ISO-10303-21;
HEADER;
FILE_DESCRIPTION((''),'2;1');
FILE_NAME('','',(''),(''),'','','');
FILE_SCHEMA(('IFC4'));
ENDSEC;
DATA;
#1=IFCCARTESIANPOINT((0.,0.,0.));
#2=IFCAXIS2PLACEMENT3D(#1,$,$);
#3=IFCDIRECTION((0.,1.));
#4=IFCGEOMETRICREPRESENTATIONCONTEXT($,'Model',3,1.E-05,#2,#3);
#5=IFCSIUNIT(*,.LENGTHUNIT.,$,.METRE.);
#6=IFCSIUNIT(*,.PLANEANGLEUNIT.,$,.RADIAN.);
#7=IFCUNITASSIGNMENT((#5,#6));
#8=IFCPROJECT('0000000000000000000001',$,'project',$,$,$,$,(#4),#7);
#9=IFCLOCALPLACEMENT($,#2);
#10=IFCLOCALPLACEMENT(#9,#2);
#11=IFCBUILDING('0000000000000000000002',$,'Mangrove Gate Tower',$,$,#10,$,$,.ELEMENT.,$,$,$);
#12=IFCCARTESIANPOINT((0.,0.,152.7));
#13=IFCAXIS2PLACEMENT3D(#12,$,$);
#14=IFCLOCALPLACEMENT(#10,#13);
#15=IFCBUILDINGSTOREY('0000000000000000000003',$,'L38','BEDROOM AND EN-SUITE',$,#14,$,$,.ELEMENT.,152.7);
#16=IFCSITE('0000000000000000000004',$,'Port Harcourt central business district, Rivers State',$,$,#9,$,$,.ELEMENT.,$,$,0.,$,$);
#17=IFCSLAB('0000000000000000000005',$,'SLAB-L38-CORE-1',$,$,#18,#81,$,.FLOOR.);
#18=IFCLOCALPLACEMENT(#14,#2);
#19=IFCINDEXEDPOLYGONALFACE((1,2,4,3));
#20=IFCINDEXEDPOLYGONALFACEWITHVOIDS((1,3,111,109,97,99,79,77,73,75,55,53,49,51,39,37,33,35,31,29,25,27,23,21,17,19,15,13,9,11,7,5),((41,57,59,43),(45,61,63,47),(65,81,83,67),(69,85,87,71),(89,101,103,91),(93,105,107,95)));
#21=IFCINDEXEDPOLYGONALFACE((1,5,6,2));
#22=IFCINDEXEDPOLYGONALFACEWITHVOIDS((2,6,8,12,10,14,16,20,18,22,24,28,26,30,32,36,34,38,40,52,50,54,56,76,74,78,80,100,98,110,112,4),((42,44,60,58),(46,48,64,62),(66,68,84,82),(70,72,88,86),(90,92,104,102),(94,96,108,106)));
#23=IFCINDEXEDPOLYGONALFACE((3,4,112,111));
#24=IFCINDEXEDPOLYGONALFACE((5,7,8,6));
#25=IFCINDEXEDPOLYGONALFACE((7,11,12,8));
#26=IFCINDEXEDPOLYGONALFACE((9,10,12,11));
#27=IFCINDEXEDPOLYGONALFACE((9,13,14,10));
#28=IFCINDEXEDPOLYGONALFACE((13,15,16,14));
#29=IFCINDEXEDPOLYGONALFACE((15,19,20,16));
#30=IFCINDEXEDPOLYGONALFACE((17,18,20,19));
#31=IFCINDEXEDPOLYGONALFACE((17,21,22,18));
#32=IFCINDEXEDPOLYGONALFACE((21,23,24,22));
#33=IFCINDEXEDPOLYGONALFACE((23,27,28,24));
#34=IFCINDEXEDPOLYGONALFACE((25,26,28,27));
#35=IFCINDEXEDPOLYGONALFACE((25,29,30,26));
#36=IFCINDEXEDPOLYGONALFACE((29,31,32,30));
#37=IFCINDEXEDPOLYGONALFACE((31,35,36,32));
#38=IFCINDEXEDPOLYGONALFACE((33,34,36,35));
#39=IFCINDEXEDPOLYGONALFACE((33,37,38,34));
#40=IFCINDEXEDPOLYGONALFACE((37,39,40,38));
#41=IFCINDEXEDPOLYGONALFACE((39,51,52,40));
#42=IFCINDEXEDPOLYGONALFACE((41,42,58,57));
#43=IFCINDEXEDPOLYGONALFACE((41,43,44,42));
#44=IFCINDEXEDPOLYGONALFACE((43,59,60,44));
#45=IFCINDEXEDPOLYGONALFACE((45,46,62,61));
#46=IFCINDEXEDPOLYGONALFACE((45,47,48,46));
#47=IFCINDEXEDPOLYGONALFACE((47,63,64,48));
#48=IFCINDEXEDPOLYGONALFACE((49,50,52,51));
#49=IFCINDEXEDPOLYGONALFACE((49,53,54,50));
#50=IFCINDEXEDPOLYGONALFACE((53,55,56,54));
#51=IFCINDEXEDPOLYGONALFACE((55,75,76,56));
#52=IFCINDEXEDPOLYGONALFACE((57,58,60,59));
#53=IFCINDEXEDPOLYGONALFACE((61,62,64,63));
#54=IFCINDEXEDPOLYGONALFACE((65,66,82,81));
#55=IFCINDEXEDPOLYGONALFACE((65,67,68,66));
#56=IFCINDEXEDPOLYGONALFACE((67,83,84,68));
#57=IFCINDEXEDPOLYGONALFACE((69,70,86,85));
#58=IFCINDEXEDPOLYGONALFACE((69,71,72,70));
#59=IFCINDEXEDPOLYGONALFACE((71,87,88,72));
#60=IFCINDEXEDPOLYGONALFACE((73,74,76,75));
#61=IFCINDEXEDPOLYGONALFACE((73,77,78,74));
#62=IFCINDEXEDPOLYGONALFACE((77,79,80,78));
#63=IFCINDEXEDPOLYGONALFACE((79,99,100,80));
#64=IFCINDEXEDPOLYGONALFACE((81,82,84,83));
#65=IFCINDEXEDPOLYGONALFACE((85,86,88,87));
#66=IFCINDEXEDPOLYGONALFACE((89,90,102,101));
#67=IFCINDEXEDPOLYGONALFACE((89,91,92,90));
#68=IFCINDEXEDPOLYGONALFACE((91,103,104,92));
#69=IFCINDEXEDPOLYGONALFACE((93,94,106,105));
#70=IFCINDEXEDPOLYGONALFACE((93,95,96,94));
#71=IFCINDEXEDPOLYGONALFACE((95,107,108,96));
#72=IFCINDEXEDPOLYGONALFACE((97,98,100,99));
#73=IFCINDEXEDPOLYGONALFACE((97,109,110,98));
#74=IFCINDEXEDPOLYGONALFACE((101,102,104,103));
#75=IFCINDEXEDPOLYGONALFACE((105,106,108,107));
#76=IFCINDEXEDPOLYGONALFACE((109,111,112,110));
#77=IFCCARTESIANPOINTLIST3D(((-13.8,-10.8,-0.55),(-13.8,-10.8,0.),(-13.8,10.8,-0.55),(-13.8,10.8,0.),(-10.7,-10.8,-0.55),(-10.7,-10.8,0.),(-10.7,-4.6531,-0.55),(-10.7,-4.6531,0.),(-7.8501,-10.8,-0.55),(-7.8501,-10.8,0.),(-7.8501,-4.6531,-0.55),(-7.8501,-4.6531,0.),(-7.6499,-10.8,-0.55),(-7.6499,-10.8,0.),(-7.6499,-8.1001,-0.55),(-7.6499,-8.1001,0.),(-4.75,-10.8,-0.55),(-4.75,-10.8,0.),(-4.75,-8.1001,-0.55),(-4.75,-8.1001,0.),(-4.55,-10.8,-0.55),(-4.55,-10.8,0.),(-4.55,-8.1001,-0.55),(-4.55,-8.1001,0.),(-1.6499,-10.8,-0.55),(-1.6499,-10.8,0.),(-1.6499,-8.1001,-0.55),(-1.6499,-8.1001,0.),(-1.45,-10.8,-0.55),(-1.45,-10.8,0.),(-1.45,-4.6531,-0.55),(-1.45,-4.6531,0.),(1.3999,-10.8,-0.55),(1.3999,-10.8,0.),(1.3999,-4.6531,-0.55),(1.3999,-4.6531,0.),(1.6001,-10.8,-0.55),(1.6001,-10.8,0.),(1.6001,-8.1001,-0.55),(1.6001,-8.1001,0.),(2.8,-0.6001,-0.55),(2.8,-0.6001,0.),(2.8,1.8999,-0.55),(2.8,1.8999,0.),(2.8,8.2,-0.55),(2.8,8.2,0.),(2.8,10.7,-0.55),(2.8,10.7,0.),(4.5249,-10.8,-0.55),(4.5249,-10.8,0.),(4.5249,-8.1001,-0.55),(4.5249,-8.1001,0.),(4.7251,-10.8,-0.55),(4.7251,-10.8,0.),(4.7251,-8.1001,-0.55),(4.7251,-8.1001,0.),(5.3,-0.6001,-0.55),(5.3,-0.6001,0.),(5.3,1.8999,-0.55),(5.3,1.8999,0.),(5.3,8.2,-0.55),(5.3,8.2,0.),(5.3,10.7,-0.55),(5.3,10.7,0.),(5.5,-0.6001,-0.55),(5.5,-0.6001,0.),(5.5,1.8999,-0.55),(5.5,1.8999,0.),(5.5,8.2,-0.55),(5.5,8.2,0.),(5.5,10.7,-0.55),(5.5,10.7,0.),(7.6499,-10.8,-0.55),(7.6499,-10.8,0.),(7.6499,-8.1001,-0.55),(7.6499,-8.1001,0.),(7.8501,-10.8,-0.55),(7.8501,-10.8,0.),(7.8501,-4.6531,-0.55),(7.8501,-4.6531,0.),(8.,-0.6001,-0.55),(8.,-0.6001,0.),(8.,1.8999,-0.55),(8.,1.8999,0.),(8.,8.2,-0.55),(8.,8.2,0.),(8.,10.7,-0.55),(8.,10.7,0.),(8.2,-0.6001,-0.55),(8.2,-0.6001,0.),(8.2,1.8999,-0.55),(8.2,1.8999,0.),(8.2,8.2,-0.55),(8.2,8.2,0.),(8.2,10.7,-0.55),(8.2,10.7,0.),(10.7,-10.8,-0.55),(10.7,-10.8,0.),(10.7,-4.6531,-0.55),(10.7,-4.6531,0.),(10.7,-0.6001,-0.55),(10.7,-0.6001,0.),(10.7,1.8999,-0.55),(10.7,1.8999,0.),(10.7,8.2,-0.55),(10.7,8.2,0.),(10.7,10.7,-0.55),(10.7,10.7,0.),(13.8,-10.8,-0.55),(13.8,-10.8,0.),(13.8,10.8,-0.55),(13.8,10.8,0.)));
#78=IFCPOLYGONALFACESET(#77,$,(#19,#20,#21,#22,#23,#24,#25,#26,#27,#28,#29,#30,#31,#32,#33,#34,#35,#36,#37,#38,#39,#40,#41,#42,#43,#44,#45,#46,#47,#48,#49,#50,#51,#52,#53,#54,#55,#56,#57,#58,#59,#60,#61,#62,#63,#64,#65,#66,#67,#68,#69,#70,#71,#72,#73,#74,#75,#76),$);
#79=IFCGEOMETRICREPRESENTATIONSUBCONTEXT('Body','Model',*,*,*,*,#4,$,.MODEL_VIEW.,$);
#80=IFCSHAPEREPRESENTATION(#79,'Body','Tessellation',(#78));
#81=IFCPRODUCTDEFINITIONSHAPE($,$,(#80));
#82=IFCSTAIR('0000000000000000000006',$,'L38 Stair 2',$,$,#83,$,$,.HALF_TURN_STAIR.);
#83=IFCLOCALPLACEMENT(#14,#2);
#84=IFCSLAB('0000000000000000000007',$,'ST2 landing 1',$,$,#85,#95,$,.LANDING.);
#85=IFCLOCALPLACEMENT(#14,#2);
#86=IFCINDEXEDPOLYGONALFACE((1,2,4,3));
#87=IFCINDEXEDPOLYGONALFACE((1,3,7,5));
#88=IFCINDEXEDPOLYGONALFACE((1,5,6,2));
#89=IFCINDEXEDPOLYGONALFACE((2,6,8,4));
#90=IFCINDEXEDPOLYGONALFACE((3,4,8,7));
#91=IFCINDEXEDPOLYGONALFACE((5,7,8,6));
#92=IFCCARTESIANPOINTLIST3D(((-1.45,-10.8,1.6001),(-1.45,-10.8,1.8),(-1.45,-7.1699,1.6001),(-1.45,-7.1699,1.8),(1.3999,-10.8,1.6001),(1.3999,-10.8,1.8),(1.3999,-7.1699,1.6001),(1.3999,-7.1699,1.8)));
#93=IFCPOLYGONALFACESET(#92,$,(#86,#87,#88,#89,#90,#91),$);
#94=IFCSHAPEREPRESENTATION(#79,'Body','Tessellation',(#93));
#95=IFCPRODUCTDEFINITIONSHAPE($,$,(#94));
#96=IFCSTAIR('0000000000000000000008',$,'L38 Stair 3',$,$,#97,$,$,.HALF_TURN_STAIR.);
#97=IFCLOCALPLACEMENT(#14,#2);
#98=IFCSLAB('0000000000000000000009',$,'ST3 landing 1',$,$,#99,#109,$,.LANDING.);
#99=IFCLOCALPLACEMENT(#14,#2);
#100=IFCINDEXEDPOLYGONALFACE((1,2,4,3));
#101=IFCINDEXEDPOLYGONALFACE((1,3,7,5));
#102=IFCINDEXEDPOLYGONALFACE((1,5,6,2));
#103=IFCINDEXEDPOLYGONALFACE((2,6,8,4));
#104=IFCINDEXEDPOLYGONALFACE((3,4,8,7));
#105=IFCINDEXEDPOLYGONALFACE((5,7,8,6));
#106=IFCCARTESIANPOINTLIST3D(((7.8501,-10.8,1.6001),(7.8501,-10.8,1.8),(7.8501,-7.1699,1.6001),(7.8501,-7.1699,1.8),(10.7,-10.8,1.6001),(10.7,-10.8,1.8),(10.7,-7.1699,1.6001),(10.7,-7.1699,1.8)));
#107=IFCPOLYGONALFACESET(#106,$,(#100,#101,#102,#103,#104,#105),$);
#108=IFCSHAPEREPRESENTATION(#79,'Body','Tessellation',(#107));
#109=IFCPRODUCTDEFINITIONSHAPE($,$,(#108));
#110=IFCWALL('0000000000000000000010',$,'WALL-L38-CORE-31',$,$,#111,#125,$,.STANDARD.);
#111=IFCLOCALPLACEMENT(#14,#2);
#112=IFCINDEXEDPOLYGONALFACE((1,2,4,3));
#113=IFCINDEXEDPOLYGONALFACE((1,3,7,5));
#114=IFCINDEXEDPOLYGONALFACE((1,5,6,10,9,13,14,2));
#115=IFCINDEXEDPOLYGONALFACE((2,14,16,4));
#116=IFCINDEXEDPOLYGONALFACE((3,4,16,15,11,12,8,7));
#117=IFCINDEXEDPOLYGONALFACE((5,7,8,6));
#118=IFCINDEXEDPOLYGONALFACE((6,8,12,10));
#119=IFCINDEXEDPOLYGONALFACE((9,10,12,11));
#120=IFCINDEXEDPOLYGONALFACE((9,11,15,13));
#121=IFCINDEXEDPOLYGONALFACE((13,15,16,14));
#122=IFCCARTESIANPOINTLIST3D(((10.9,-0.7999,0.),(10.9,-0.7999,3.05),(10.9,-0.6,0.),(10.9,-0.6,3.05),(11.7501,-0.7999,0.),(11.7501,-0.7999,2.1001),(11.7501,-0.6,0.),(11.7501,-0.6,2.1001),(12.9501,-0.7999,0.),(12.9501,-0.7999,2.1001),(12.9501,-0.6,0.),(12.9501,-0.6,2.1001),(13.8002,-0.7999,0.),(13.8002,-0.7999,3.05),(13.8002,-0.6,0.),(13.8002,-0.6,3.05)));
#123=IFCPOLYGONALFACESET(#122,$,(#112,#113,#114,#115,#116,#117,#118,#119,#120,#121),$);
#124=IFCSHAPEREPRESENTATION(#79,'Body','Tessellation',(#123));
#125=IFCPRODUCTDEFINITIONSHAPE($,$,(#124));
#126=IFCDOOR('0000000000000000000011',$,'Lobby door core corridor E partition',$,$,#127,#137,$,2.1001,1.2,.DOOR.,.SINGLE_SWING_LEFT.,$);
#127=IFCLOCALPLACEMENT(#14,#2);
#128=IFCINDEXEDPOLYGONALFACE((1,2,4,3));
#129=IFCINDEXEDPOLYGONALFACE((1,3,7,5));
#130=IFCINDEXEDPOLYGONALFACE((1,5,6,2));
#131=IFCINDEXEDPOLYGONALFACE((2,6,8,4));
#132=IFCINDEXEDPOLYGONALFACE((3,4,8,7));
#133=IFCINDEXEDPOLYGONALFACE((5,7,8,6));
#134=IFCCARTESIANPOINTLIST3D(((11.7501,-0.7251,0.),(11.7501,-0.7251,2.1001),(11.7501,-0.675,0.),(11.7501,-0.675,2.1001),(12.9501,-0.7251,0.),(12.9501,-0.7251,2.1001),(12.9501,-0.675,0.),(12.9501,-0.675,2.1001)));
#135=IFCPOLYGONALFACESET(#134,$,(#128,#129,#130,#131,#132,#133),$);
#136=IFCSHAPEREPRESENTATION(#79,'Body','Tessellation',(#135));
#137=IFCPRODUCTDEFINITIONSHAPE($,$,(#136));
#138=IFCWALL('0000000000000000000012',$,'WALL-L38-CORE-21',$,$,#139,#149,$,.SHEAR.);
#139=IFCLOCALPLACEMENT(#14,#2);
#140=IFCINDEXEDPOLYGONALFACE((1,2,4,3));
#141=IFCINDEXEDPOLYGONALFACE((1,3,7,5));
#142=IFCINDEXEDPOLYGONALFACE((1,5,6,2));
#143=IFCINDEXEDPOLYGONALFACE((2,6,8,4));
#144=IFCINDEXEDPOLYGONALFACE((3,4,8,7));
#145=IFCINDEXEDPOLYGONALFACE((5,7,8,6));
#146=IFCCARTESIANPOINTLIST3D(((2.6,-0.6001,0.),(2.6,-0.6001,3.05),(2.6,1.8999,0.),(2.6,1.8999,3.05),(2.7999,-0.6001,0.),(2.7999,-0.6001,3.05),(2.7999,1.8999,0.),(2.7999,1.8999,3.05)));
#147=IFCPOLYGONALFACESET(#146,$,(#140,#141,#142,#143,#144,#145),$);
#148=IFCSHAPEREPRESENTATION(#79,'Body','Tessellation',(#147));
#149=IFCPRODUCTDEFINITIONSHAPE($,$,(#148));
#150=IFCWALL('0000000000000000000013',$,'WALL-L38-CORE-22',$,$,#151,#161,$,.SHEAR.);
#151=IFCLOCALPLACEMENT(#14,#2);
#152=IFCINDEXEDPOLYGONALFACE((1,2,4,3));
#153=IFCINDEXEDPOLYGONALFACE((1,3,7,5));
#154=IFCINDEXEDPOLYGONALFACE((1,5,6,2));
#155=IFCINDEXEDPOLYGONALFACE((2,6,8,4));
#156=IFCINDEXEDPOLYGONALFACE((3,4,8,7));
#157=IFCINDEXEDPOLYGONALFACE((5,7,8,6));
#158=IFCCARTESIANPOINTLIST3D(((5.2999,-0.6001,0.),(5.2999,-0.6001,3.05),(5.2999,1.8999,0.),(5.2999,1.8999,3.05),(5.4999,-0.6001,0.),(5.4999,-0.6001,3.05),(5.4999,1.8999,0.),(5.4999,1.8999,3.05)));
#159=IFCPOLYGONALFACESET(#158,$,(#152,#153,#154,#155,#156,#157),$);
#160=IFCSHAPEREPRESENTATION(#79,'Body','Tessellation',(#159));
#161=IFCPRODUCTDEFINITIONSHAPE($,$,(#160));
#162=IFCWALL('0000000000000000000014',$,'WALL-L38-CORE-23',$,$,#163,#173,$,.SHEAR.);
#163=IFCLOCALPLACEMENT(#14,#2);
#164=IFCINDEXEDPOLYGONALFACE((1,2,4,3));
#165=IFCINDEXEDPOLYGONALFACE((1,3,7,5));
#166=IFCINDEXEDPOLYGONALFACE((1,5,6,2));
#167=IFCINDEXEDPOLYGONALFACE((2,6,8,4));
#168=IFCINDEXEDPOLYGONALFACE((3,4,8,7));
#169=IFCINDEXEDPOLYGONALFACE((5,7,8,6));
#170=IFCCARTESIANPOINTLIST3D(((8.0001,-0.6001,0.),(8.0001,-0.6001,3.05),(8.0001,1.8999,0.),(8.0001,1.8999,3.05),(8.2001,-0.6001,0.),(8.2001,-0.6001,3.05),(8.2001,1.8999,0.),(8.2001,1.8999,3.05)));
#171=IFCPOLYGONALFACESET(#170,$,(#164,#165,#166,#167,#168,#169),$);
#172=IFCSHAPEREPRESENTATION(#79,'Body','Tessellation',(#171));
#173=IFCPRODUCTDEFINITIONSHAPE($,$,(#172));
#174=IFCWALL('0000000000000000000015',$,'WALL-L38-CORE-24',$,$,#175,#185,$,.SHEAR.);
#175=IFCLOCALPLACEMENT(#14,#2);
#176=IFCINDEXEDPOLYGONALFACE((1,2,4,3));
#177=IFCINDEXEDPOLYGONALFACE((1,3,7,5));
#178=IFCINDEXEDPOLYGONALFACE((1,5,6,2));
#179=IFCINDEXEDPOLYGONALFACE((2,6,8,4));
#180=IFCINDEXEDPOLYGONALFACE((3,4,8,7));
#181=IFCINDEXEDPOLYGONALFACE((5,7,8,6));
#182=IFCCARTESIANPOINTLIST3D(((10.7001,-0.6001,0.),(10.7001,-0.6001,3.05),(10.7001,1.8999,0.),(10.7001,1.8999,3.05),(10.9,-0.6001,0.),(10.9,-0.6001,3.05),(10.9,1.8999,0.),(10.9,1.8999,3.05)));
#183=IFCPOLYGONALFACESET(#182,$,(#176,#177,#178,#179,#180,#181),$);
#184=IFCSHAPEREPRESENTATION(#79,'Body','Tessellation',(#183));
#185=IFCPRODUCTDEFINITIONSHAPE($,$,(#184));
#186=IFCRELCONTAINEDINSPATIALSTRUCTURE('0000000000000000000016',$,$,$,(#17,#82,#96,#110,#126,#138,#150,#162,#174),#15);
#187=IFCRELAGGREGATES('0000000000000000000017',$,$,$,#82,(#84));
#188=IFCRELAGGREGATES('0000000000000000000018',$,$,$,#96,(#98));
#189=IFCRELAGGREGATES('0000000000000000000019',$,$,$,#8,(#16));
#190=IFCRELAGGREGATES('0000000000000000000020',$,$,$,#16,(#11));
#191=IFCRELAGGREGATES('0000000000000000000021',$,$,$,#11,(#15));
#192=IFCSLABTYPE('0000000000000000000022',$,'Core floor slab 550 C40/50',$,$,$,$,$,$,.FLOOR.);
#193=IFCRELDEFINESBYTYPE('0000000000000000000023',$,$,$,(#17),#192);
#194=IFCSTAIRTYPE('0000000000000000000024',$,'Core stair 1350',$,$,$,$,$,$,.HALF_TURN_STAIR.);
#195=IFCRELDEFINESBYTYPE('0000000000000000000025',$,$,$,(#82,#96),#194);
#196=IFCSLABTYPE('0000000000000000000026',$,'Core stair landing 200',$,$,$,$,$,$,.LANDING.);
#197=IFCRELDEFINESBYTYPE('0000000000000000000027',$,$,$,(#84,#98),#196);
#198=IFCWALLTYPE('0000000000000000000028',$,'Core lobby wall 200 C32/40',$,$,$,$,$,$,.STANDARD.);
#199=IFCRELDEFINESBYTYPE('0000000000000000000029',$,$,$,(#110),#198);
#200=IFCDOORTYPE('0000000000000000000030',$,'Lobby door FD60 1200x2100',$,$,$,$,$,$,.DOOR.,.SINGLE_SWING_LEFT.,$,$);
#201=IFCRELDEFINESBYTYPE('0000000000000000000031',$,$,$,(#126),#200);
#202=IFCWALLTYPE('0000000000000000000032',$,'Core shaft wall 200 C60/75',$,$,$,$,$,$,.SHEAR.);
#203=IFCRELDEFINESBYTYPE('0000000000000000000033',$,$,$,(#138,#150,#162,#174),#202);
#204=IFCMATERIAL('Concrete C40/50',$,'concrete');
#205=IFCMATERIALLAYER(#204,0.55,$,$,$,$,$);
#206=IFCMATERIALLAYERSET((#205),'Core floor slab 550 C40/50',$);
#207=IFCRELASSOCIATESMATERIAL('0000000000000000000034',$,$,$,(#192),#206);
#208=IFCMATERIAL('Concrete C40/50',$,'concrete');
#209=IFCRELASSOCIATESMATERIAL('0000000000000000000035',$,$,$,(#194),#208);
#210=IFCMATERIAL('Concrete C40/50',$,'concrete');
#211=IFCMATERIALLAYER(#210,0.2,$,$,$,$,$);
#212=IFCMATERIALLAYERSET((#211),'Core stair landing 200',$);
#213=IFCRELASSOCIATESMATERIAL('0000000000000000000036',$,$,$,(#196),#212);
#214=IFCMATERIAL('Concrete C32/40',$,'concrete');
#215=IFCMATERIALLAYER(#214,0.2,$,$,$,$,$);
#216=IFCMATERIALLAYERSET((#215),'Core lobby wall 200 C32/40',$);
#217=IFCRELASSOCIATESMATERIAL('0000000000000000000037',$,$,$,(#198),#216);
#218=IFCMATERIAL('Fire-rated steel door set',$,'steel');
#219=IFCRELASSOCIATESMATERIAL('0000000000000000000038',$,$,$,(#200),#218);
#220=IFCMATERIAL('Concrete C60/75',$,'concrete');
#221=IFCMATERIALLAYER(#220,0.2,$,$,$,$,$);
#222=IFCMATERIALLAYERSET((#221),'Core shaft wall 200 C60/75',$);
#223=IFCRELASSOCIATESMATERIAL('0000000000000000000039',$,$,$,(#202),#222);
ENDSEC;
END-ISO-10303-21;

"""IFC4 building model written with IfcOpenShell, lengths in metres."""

from ifc_helpers import new_model, si_unit, direction, frame, frame_2d, origin, place, context, subcontext, project, spatial, polyline, rectangle, outline, extrude, material, layer, layer_set, type_object, element, fill, aggregate, save


model = new_model("IFC4")

# Units and contexts
model_context = context("Model", 3, precision=1e-05, world=origin(), true_north=direction((0.0, 1.0)))
body_context = subcontext(model_context, "Body", "Model", "MODEL_VIEW")
ifc_project = project(units=[si_unit("LENGTHUNIT", "METRE"), si_unit("PLANEANGLEUNIT", "RADIAN")], contexts=[model_context])

# Site, building, storey
site_placement = place(None, origin())
site = spatial("IfcSite", under=ifc_project, at=site_placement, Name="Port Harcourt central business district, Rivers State", CompositionType="ELEMENT", RefElevation=0.0)
building_placement = place(site_placement, origin())
building = spatial("IfcBuilding", under=site, at=building_placement, Name="Mangrove Gate Tower", CompositionType="ELEMENT")
storey_placement = place(building_placement, frame((0.0, 0.0, 152.7)))
storey = spatial("IfcBuildingStorey", under=building, at=storey_placement, Name="L38", Description="BEDROOM AND EN-SUITE", CompositionType="ELEMENT", Elevation=152.7)

# Slab
ifc_material_1 = material(Name="Concrete C40/50", Category="concrete")
ifc_layer_1 = layer(ifc_material_1, 0.55)
ifc_layer_set_1 = layer_set([ifc_layer_1], Name="Core floor slab 550 C40/50")
slab_type_1 = type_object("IfcSlabType", Name="Core floor slab 550 C40/50", PredefinedType="FLOOR", material=ifc_layer_set_1)
slab_1_placement = place(storey_placement, frame((0.0, 0.0, -0.55)))
element("IfcSlab", 1, at=slab_1_placement, inside=storey, type_object=slab_type_1, Name="SLAB-L38-CORE-1", PredefinedType="FLOOR", context=body_context, shape_type="SweptSolid", body=[
    extrude(outline(polyline([(-13.8, -10.8), (-13.8, 10.8), (13.8, 10.8), (13.8, -10.8), (10.7, -10.8), (10.7, -4.6531), (7.8501, -4.6531), (7.8501, -10.8), (7.6499, -10.8), (7.6499, -8.1001), (4.7251, -8.1001), (4.7251, -10.8), (4.5249, -10.8), (4.5249, -8.1001), (1.6001, -8.1001), (1.6001, -10.8), (1.3999, -10.8), (1.3999, -4.6531), (-1.45, -4.6531), (-1.45, -10.8), (-1.6499, -10.8), (-1.6499, -8.1001), (-4.55, -8.1001), (-4.55, -10.8), (-4.75, -10.8), (-4.75, -8.1001), (-7.6499, -8.1001), (-7.6499, -10.8), (-7.8501, -10.8), (-7.8501, -4.6531), (-10.7, -4.6531), (-10.7, -10.8), (-13.8, -10.8)]), holes=[polyline([(5.3, -0.6001), (5.3, 1.8999), (2.8, 1.8999), (2.8, -0.6001), (5.3, -0.6001)]), polyline([(5.3, 10.7), (2.8, 10.7), (2.8, 8.2), (5.3, 8.2), (5.3, 10.7)]), polyline([(8.0, -0.6001), (8.0, 1.8999), (5.5, 1.8999), (5.5, -0.6001), (8.0, -0.6001)]), polyline([(10.7, -0.6001), (10.7, 1.8999), (8.2, 1.8999), (8.2, -0.6001), (10.7, -0.6001)]), polyline([(8.0, 8.2), (8.0, 10.7), (5.5, 10.7), (5.5, 8.2), (8.0, 8.2)]), polyline([(10.7, 8.2), (10.7, 10.7), (8.2, 10.7), (8.2, 8.2), (10.7, 8.2)])]), origin(), (0.0, 0.0, 1.0), 0.55),
])

# Stairs, slabs
ifc_material_2 = material(Name="Concrete C40/50", Category="concrete")
stair_type = type_object("IfcStairType", Name="Core stair 1350", PredefinedType="HALF_TURN_STAIR", material=ifc_material_2)
stair_1_placement = place(storey_placement, origin())
stair_1 = element("IfcStair", 2, at=stair_1_placement, inside=storey, type_object=stair_type, Name="L38 Stair 2", PredefinedType="HALF_TURN_STAIR")
ifc_material_3 = material(Name="Concrete C40/50", Category="concrete")
ifc_layer_2 = layer(ifc_material_3, 0.2)
ifc_layer_set_2 = layer_set([ifc_layer_2], Name="Core stair landing 200")
slab_type_2 = type_object("IfcSlabType", Name="Core stair landing 200", PredefinedType="LANDING", material=ifc_layer_set_2)
slab_2_placement = place(storey_placement, frame((0.0, 0.0, 1.6001)))
slab_2 = element("IfcSlab", 3, at=slab_2_placement, type_object=slab_type_2, Name="ST2 landing 1", PredefinedType="LANDING", context=body_context, shape_type="SweptSolid", body=[
    extrude(outline(polyline([(-1.45, -7.1699), (-1.45, -10.8), (1.3999, -10.8), (1.3999, -7.1699), (-1.45, -7.1699)])), origin(), (0.0, 0.0, 1.0), 0.2),
])
aggregate(stair_1, [slab_2])
stair_2_placement = place(storey_placement, origin())
stair_2 = element("IfcStair", 4, at=stair_2_placement, inside=storey, type_object=stair_type, Name="L38 Stair 3", PredefinedType="HALF_TURN_STAIR")
slab_3_placement = place(storey_placement, frame((0.0, 0.0, 1.6001)))
slab_3 = element("IfcSlab", 5, at=slab_3_placement, type_object=slab_type_2, Name="ST3 landing 1", PredefinedType="LANDING", context=body_context, shape_type="SweptSolid", body=[
    extrude(outline(polyline([(7.8501, -7.1699), (7.8501, -10.8), (10.7, -10.8), (10.7, -7.1699), (7.8501, -7.1699)])), origin(), (0.0, 0.0, 1.0), 0.2),
])
aggregate(stair_2, [slab_3])

# Wall, opening, door
ifc_material_4 = material(Name="Concrete C32/40", Category="concrete")
ifc_layer_3 = layer(ifc_material_4, 0.2)
ifc_layer_set_3 = layer_set([ifc_layer_3], Name="Core lobby wall 200 C32/40")
wall_type_1 = type_object("IfcWallType", Name="Core lobby wall 200 C32/40", PredefinedType="STANDARD", material=ifc_layer_set_3)
wall_1_placement = place(storey_placement, frame((10.8999, -0.7, 0.0), z_axis=(0.0, 0.0, 1.0), x_axis=(1.0, 0.0, 0.0)))
wall_1 = element("IfcWall", 6, at=wall_1_placement, inside=storey, type_object=wall_type_1, Name="WALL-L38-CORE-31", PredefinedType="STANDARD", context=body_context, shape_type="SweptSolid", body=[
    extrude(rectangle(XDim=2.9001, YDim=0.2, at=frame_2d((1.4502, 0.0))), origin(), (0.0, 0.0, 1.0), 3.05),
])
opening_1_placement = place(wall_1_placement, frame((0.8501, 0.0, 0.0)))
opening_1 = element("IfcOpeningElement", 7, at=opening_1_placement, cuts=wall_1, PredefinedType="OPENING", context=body_context, shape_type="SweptSolid", body=[
    extrude(rectangle(XDim=1.2, YDim=2.1001, at=frame_2d((0.6001, 1.05))), frame((0.0, 0.1099, 0.0), z_axis=(0.0, -1.0, 0.0), x_axis=(1.0, 0.0, 0.0)), (0.0, 0.0, 1.0), 0.22),
])
ifc_material_5 = material(Name="Fire-rated steel door set", Category="steel")
door_type_1 = type_object("IfcDoorType", Name="Lobby door FD60 1200x2100", OperationType="SINGLE_SWING_LEFT", PredefinedType="DOOR", material=ifc_material_5)
door_1_placement = place(opening_1_placement, origin())
door_1 = element("IfcDoor", 8, at=door_1_placement, inside=storey, type_object=door_type_1, Name="Lobby door core corridor E partition", OperationType="SINGLE_SWING_LEFT", OverallHeight=2.1001, OverallWidth=1.2, PredefinedType="DOOR", context=body_context, shape_type="SweptSolid", body=[
    extrude(rectangle(XDim=1.2, YDim=2.1001, at=frame_2d((0.6001, 1.05))), frame((0.0, 0.0249, 0.0), z_axis=(0.0, -1.0, 0.0), x_axis=(1.0, 0.0, 0.0)), (0.0, 0.0, 1.0), 0.05),
])
fill(opening_1, door_1)

# Walls
ifc_material_6 = material(Name="Concrete C60/75", Category="concrete")
ifc_layer_4 = layer(ifc_material_6, 0.2)
ifc_layer_set_4 = layer_set([ifc_layer_4], Name="Core shaft wall 200 C60/75")
wall_type_2 = type_object("IfcWallType", Name="Core shaft wall 200 C60/75", PredefinedType="SHEAR", material=ifc_layer_set_4)
for number, where, z_axis, x_axis, name in (
    (9, (2.7, -0.6001, 0.0), (0.0, 0.0, 1.0), (0.0, 1.0, 0.0), "WALL-L38-CORE-21"),
    (10, (5.3999, -0.6001, 0.0), (0.0, 0.0, 1.0), (0.0, 1.0, 0.0), "WALL-L38-CORE-22"),
    (11, (8.1001, -0.6001, 0.0), (0.0, 0.0, 1.0), (0.0, 1.0, 0.0), "WALL-L38-CORE-23"),
    (12, (10.8, -0.6001, 0.0), (0.0, 0.0, 1.0), (0.0, 1.0, 0.0), "WALL-L38-CORE-24"),
):
    element("IfcWall", number, at=place(storey_placement, frame(where, z_axis=z_axis, x_axis=x_axis)), inside=storey, type_object=wall_type_2, Name=name, PredefinedType="SHEAR", context=body_context, shape_type="SweptSolid", body=[
        extrude(rectangle(XDim=2.5, YDim=0.2, at=frame_2d((1.25, 0.0))), origin(), (0.0, 0.0, 1.0), 3.05),
    ])

save(model, "model.ifc")
